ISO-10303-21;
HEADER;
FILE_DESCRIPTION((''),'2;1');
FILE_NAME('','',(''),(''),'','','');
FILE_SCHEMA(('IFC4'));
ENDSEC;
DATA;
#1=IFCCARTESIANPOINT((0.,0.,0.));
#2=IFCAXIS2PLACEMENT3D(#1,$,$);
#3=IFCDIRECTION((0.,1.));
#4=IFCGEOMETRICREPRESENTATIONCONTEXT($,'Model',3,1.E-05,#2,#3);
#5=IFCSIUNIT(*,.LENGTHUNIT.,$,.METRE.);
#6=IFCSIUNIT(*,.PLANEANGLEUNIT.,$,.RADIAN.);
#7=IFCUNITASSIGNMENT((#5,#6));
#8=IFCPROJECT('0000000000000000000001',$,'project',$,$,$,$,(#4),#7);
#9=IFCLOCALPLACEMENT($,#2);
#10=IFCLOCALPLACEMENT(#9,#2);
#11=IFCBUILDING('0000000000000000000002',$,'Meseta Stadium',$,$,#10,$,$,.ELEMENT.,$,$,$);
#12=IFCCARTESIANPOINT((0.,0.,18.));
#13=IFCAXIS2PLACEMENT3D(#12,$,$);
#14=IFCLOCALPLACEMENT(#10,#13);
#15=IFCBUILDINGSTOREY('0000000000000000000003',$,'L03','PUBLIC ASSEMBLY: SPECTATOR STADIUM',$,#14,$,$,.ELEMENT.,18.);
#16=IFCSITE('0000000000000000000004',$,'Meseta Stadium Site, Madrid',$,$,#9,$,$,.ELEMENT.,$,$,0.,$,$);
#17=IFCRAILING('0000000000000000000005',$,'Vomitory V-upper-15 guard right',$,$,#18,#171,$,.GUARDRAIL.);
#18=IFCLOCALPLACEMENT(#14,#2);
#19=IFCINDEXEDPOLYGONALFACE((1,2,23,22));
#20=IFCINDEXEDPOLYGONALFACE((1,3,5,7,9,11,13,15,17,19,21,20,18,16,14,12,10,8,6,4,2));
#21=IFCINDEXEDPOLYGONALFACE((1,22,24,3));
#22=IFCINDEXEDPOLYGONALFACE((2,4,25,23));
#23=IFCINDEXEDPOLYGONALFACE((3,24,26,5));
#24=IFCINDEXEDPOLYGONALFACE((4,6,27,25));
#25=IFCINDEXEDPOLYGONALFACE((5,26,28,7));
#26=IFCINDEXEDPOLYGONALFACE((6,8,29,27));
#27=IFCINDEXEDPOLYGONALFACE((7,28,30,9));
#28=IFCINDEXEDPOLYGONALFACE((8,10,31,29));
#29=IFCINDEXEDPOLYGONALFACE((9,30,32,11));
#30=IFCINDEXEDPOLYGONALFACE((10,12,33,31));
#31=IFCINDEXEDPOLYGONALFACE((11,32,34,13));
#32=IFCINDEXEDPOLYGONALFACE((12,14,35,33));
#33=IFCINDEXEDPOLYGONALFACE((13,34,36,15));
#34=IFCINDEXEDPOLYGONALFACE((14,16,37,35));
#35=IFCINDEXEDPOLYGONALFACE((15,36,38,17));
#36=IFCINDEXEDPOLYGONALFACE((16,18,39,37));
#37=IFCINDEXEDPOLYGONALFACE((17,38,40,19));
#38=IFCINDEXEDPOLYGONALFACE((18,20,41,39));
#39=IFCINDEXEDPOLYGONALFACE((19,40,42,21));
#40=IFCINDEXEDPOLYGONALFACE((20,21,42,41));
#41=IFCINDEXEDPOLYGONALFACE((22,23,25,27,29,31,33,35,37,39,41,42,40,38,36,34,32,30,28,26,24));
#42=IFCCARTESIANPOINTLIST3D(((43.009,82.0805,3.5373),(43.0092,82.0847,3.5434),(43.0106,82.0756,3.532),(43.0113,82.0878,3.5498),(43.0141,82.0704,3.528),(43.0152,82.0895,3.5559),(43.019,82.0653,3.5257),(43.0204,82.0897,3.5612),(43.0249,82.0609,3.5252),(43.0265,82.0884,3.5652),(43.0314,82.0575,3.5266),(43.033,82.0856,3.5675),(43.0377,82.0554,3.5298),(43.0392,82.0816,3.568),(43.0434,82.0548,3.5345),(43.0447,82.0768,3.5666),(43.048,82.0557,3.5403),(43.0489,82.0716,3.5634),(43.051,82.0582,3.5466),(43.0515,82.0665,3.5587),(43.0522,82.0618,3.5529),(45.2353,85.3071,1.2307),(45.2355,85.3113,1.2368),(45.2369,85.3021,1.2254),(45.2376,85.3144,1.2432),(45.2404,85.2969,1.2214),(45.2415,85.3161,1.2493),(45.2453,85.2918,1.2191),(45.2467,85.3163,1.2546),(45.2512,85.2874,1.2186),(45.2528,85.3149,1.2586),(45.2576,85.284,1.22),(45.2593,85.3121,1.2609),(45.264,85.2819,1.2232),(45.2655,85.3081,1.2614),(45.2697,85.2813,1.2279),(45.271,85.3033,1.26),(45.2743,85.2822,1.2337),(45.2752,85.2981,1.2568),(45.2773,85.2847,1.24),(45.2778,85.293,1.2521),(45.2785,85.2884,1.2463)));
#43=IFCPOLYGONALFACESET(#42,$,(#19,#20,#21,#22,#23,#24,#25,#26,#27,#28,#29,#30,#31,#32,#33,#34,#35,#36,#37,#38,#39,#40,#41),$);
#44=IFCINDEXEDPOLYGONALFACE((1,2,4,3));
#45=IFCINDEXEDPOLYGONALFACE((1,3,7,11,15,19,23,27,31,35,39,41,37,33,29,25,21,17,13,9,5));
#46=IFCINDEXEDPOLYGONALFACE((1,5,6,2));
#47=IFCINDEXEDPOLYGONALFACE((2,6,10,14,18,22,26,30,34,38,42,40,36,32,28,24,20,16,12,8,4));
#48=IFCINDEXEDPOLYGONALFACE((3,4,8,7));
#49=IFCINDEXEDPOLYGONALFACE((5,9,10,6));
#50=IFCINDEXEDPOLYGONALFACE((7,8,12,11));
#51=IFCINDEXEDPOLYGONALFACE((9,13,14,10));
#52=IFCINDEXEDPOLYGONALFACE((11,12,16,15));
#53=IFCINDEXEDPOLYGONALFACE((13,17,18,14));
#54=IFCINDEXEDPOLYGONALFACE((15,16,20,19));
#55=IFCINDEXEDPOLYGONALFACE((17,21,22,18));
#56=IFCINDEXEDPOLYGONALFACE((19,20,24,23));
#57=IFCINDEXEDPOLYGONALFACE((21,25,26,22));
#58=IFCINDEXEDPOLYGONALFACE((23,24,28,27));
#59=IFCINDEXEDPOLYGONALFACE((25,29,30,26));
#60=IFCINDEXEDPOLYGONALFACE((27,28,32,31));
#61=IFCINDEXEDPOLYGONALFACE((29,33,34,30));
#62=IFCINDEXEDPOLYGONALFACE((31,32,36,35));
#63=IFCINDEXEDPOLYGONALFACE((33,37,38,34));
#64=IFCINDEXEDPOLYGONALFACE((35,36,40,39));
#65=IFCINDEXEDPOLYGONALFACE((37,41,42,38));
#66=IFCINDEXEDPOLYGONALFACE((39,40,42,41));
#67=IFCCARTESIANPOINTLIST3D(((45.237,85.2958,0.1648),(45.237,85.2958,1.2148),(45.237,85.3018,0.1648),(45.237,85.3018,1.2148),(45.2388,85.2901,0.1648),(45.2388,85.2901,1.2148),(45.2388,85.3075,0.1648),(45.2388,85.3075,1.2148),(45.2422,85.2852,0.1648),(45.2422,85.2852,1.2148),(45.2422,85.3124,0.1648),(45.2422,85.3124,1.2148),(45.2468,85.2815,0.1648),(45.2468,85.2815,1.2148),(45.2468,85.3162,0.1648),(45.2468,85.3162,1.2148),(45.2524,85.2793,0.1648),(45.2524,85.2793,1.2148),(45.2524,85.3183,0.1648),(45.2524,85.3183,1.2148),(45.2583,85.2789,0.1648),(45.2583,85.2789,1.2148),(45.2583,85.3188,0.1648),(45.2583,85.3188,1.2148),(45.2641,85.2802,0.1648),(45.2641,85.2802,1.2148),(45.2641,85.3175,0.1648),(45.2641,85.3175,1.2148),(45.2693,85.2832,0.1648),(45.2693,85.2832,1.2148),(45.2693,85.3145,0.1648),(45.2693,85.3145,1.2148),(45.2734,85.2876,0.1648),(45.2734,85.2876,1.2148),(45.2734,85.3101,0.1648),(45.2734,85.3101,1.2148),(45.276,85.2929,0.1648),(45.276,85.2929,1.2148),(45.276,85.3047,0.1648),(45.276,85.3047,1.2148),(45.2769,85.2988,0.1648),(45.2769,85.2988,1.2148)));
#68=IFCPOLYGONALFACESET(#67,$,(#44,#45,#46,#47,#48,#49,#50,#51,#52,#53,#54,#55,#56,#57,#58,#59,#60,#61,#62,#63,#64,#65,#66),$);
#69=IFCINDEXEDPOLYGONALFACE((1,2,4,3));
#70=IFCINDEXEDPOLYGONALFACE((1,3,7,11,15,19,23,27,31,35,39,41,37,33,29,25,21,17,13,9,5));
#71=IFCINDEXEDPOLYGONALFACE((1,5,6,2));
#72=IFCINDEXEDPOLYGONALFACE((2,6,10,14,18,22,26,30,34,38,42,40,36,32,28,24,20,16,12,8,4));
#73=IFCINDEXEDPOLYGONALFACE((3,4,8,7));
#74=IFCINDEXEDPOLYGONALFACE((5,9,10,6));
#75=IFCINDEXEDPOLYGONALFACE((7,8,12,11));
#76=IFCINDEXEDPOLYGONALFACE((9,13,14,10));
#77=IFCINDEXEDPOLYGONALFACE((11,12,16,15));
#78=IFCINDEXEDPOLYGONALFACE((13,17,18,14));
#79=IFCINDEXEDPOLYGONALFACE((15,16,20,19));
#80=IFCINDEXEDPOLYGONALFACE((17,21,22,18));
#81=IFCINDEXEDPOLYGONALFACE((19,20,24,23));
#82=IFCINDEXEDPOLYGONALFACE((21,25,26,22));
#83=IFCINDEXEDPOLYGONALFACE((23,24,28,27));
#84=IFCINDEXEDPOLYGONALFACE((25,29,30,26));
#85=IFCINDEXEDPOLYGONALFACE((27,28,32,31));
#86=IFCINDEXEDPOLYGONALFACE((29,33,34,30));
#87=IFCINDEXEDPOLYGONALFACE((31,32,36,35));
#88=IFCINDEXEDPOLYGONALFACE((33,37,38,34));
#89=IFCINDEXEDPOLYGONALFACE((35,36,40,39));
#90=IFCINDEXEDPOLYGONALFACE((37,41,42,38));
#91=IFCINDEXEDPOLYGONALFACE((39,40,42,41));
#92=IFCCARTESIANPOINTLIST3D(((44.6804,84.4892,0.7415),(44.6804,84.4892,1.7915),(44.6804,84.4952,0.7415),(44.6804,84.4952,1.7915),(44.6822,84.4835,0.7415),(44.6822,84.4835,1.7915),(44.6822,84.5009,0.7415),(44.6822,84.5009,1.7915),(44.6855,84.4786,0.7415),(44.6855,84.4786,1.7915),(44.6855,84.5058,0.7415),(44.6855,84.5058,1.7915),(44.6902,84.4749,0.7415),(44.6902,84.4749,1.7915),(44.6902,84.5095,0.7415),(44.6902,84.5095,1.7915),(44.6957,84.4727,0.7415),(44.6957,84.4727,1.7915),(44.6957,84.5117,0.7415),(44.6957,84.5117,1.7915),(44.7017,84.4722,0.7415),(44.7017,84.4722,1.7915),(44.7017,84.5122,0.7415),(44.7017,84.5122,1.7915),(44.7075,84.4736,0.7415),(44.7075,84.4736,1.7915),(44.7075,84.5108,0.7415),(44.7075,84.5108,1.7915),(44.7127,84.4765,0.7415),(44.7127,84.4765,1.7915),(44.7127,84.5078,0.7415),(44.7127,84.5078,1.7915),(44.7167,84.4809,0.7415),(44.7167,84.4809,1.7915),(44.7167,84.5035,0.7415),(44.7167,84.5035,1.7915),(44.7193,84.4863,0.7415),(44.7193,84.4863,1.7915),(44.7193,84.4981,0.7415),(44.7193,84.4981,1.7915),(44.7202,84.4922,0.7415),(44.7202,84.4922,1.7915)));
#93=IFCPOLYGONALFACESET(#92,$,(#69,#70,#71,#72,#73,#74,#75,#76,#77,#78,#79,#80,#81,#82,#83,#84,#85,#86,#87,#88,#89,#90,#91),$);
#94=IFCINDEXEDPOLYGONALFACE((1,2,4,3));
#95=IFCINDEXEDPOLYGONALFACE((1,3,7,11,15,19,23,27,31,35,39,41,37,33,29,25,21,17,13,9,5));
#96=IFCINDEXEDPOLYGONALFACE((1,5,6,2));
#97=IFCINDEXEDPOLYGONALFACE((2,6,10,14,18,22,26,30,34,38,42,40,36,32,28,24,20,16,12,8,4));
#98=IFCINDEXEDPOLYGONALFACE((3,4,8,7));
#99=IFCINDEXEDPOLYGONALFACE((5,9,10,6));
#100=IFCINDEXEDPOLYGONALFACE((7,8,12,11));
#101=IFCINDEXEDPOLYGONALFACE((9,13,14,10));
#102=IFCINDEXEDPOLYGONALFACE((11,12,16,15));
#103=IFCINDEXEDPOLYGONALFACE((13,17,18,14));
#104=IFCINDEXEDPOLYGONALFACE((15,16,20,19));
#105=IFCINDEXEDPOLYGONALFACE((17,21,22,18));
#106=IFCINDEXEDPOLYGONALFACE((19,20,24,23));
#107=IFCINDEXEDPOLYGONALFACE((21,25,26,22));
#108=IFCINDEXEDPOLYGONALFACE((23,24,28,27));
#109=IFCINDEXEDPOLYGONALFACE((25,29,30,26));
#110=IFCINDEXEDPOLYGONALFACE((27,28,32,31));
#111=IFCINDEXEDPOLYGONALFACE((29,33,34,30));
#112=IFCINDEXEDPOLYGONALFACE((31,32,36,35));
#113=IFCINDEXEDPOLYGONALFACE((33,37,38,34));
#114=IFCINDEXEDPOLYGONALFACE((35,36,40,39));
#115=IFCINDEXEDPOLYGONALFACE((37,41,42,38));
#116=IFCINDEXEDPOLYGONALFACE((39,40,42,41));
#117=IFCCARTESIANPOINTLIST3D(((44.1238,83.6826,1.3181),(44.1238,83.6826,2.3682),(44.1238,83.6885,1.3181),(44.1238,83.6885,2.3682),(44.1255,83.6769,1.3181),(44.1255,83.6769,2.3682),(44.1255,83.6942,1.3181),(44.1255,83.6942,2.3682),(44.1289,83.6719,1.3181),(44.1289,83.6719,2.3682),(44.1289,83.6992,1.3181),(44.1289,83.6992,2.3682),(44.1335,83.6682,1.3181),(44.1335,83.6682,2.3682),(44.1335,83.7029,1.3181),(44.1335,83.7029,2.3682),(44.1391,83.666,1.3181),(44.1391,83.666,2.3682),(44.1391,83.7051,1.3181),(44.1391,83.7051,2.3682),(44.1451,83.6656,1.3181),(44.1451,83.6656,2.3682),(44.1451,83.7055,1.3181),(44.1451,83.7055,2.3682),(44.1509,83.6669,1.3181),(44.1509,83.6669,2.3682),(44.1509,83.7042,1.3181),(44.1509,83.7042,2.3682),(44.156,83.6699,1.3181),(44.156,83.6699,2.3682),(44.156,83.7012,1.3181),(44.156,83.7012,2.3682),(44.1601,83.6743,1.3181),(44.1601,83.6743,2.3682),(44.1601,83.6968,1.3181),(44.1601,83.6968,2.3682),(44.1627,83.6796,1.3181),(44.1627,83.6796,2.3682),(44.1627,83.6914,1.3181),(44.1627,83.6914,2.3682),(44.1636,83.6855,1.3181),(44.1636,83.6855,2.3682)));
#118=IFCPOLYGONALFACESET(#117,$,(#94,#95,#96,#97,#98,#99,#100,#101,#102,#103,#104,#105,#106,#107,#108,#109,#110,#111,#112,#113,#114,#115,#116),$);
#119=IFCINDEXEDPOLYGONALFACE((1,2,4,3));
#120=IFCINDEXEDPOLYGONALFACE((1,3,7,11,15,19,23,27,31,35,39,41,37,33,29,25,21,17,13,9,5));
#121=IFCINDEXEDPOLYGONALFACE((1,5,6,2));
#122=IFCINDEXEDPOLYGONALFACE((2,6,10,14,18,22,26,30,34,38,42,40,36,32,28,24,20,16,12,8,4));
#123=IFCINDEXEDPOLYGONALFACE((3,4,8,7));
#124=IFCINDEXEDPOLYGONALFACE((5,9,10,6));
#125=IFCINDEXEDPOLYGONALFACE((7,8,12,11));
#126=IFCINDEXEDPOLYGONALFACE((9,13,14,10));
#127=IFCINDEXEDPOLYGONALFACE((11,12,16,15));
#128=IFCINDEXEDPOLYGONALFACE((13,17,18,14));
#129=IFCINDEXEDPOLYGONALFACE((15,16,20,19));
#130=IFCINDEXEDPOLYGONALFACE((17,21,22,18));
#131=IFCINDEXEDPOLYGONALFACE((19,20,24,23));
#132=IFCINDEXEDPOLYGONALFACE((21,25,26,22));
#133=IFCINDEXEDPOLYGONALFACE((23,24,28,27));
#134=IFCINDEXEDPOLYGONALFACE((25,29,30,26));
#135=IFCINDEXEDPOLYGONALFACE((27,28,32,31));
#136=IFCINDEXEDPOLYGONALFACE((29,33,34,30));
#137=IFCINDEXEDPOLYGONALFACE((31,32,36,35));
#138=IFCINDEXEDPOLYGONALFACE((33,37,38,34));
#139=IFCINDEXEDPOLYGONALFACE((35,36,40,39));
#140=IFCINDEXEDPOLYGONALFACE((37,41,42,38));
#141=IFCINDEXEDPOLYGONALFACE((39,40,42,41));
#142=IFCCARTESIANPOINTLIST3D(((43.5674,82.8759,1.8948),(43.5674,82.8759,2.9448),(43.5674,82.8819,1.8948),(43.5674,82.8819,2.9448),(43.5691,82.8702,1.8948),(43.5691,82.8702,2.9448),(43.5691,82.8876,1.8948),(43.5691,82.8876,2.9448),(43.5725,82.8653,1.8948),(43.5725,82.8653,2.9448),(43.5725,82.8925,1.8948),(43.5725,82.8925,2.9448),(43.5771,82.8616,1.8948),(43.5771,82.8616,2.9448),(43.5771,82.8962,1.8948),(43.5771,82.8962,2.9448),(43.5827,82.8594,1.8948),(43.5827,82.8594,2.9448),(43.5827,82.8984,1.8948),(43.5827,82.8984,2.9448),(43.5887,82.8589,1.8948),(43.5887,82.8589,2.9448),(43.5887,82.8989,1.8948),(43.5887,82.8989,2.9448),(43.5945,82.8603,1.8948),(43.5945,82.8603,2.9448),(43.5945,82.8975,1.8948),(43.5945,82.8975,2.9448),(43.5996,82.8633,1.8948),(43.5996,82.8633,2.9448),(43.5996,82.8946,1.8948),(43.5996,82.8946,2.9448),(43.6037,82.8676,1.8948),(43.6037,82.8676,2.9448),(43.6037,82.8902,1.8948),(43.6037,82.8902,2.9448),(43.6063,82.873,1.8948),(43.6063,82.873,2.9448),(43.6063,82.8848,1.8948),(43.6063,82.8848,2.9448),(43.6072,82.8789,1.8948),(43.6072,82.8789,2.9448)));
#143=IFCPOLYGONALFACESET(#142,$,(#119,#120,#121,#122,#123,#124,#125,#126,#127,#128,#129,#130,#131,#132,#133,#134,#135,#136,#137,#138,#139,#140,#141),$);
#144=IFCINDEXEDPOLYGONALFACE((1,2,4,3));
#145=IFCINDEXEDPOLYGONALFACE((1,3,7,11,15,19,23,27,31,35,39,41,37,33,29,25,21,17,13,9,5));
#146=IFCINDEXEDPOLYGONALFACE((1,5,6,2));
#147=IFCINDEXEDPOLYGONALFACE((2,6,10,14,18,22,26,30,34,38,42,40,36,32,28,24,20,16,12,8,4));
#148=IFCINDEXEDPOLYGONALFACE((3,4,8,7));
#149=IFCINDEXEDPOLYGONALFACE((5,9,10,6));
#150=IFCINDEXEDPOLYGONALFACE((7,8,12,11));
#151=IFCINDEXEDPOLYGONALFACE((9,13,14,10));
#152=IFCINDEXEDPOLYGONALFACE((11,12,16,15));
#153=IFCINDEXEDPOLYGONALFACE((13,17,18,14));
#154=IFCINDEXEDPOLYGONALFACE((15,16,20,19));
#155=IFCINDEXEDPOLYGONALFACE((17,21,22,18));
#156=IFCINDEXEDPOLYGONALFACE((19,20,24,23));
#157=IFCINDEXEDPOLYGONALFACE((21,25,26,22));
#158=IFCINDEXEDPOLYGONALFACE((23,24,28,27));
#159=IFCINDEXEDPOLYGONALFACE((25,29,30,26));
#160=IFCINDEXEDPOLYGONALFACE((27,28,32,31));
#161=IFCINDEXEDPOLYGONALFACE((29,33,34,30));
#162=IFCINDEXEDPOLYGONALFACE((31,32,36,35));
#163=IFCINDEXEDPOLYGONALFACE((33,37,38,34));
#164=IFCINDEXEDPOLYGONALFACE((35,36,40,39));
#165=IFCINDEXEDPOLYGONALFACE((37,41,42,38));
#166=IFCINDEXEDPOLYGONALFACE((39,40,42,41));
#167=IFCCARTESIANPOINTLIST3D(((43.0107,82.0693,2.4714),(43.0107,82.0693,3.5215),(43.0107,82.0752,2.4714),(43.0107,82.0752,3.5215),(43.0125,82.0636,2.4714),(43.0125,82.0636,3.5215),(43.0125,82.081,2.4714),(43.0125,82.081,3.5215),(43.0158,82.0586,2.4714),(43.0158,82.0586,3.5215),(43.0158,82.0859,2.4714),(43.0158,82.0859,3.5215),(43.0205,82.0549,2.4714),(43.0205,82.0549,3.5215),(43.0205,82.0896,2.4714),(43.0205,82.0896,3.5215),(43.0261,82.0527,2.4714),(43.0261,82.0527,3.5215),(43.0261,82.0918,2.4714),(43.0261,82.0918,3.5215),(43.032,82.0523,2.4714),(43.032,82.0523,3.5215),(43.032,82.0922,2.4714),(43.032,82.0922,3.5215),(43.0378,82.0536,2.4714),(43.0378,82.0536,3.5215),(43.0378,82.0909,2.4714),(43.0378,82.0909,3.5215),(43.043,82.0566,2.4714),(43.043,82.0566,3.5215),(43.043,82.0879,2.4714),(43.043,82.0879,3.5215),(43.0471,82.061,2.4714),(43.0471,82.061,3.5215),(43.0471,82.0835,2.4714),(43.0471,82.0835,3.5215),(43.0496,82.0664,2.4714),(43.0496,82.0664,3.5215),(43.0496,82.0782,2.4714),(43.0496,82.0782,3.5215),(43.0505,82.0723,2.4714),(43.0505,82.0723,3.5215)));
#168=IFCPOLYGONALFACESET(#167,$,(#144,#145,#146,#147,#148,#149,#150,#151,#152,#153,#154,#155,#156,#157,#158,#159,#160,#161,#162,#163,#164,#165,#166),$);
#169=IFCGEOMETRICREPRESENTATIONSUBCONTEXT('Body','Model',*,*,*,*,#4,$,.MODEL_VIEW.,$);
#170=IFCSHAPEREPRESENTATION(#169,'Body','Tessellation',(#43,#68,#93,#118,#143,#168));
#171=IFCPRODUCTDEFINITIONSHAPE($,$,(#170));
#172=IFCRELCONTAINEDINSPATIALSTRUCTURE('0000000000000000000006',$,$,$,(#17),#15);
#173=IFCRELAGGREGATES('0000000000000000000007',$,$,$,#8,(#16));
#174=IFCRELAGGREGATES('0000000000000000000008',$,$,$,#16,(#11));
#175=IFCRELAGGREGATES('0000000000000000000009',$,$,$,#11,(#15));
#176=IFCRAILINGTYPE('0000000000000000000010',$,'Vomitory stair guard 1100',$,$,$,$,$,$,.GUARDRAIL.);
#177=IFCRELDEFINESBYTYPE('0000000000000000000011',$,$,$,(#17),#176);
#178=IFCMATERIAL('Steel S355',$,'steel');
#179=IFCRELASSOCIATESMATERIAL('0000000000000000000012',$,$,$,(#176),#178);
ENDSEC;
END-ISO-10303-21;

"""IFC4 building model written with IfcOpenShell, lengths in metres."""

from ifc_helpers import new_model, si_unit, direction, frame, origin, origin_2d, place, context, subcontext, project, spatial, circle, extrude, material, type_object, element, save


model = new_model("IFC4")

# Units and contexts
model_context = context("Model", 3, precision=1e-05, world=origin(), true_north=direction((0.0, 1.0)))
body_context = subcontext(model_context, "Body", "Model", "MODEL_VIEW")
ifc_project = project(units=[si_unit("LENGTHUNIT", "METRE"), si_unit("PLANEANGLEUNIT", "RADIAN")], contexts=[model_context])

# Site, building, storey
site_placement = place(None, origin())
site = spatial("IfcSite", under=ifc_project, at=site_placement, Name="Meseta Stadium Site, Madrid", CompositionType="ELEMENT", RefElevation=0.0)
building_placement = place(site_placement, origin())
building = spatial("IfcBuilding", under=site, at=building_placement, Name="Meseta Stadium", CompositionType="ELEMENT")
storey_placement = place(building_placement, frame((0.0, 0.0, 18.0)))
storey = spatial("IfcBuildingStorey", under=building, at=storey_placement, Name="L03", Description="PUBLIC ASSEMBLY: SPECTATOR STADIUM", CompositionType="ELEMENT", Elevation=18.0)

# Railing
ifc_material_1 = material(Name="Steel S355", Category="steel")
railing_type_1 = type_object("IfcRailingType", Name="Vomitory stair guard 1100", PredefinedType="GUARDRAIL", material=ifc_material_1)
for number, where, name in (
    (1, (45.2568, 85.2988, 0.1648), "Vomitory V-upper-15 guard right"),
):
    element("IfcRailing", number, at=place(storey_placement, frame(where)), inside=storey, type_object=railing_type_1, Name=name, PredefinedType="GUARDRAIL", context=body_context, shape_type="SweptSolid", body=[
        extrude(circle(Radius=0.0249, at=origin_2d()), frame((0.0, 0.0, 1.0752), z_axis=(-0.489475, -0.709387, 0.507134), x_axis=(0.823081, -0.567924, 0.0)), (0.0, 0.0, 1.0), 4.5483),
        extrude(circle(Radius=0.02, at=origin_2d()), origin(), (0.0, 0.0, 1.0), 1.05),
        extrude(circle(Radius=0.02, at=origin_2d()), frame((-0.5566, -0.8066, 0.5767)), (0.0, 0.0, 1.0), 1.05),
        extrude(circle(Radius=0.02, at=origin_2d()), frame((-1.1133, -1.6133, 1.1533)), (0.0, 0.0, 1.0), 1.05),
        extrude(circle(Radius=0.02, at=origin_2d()), frame((-1.6697, -2.4199, 1.73)), (0.0, 0.0, 1.0), 1.05),
        extrude(circle(Radius=0.02, at=origin_2d()), frame((-2.2263, -3.2266, 2.3066)), (0.0, 0.0, 1.0), 1.05),
    ])

save(model, "model.ifc")
